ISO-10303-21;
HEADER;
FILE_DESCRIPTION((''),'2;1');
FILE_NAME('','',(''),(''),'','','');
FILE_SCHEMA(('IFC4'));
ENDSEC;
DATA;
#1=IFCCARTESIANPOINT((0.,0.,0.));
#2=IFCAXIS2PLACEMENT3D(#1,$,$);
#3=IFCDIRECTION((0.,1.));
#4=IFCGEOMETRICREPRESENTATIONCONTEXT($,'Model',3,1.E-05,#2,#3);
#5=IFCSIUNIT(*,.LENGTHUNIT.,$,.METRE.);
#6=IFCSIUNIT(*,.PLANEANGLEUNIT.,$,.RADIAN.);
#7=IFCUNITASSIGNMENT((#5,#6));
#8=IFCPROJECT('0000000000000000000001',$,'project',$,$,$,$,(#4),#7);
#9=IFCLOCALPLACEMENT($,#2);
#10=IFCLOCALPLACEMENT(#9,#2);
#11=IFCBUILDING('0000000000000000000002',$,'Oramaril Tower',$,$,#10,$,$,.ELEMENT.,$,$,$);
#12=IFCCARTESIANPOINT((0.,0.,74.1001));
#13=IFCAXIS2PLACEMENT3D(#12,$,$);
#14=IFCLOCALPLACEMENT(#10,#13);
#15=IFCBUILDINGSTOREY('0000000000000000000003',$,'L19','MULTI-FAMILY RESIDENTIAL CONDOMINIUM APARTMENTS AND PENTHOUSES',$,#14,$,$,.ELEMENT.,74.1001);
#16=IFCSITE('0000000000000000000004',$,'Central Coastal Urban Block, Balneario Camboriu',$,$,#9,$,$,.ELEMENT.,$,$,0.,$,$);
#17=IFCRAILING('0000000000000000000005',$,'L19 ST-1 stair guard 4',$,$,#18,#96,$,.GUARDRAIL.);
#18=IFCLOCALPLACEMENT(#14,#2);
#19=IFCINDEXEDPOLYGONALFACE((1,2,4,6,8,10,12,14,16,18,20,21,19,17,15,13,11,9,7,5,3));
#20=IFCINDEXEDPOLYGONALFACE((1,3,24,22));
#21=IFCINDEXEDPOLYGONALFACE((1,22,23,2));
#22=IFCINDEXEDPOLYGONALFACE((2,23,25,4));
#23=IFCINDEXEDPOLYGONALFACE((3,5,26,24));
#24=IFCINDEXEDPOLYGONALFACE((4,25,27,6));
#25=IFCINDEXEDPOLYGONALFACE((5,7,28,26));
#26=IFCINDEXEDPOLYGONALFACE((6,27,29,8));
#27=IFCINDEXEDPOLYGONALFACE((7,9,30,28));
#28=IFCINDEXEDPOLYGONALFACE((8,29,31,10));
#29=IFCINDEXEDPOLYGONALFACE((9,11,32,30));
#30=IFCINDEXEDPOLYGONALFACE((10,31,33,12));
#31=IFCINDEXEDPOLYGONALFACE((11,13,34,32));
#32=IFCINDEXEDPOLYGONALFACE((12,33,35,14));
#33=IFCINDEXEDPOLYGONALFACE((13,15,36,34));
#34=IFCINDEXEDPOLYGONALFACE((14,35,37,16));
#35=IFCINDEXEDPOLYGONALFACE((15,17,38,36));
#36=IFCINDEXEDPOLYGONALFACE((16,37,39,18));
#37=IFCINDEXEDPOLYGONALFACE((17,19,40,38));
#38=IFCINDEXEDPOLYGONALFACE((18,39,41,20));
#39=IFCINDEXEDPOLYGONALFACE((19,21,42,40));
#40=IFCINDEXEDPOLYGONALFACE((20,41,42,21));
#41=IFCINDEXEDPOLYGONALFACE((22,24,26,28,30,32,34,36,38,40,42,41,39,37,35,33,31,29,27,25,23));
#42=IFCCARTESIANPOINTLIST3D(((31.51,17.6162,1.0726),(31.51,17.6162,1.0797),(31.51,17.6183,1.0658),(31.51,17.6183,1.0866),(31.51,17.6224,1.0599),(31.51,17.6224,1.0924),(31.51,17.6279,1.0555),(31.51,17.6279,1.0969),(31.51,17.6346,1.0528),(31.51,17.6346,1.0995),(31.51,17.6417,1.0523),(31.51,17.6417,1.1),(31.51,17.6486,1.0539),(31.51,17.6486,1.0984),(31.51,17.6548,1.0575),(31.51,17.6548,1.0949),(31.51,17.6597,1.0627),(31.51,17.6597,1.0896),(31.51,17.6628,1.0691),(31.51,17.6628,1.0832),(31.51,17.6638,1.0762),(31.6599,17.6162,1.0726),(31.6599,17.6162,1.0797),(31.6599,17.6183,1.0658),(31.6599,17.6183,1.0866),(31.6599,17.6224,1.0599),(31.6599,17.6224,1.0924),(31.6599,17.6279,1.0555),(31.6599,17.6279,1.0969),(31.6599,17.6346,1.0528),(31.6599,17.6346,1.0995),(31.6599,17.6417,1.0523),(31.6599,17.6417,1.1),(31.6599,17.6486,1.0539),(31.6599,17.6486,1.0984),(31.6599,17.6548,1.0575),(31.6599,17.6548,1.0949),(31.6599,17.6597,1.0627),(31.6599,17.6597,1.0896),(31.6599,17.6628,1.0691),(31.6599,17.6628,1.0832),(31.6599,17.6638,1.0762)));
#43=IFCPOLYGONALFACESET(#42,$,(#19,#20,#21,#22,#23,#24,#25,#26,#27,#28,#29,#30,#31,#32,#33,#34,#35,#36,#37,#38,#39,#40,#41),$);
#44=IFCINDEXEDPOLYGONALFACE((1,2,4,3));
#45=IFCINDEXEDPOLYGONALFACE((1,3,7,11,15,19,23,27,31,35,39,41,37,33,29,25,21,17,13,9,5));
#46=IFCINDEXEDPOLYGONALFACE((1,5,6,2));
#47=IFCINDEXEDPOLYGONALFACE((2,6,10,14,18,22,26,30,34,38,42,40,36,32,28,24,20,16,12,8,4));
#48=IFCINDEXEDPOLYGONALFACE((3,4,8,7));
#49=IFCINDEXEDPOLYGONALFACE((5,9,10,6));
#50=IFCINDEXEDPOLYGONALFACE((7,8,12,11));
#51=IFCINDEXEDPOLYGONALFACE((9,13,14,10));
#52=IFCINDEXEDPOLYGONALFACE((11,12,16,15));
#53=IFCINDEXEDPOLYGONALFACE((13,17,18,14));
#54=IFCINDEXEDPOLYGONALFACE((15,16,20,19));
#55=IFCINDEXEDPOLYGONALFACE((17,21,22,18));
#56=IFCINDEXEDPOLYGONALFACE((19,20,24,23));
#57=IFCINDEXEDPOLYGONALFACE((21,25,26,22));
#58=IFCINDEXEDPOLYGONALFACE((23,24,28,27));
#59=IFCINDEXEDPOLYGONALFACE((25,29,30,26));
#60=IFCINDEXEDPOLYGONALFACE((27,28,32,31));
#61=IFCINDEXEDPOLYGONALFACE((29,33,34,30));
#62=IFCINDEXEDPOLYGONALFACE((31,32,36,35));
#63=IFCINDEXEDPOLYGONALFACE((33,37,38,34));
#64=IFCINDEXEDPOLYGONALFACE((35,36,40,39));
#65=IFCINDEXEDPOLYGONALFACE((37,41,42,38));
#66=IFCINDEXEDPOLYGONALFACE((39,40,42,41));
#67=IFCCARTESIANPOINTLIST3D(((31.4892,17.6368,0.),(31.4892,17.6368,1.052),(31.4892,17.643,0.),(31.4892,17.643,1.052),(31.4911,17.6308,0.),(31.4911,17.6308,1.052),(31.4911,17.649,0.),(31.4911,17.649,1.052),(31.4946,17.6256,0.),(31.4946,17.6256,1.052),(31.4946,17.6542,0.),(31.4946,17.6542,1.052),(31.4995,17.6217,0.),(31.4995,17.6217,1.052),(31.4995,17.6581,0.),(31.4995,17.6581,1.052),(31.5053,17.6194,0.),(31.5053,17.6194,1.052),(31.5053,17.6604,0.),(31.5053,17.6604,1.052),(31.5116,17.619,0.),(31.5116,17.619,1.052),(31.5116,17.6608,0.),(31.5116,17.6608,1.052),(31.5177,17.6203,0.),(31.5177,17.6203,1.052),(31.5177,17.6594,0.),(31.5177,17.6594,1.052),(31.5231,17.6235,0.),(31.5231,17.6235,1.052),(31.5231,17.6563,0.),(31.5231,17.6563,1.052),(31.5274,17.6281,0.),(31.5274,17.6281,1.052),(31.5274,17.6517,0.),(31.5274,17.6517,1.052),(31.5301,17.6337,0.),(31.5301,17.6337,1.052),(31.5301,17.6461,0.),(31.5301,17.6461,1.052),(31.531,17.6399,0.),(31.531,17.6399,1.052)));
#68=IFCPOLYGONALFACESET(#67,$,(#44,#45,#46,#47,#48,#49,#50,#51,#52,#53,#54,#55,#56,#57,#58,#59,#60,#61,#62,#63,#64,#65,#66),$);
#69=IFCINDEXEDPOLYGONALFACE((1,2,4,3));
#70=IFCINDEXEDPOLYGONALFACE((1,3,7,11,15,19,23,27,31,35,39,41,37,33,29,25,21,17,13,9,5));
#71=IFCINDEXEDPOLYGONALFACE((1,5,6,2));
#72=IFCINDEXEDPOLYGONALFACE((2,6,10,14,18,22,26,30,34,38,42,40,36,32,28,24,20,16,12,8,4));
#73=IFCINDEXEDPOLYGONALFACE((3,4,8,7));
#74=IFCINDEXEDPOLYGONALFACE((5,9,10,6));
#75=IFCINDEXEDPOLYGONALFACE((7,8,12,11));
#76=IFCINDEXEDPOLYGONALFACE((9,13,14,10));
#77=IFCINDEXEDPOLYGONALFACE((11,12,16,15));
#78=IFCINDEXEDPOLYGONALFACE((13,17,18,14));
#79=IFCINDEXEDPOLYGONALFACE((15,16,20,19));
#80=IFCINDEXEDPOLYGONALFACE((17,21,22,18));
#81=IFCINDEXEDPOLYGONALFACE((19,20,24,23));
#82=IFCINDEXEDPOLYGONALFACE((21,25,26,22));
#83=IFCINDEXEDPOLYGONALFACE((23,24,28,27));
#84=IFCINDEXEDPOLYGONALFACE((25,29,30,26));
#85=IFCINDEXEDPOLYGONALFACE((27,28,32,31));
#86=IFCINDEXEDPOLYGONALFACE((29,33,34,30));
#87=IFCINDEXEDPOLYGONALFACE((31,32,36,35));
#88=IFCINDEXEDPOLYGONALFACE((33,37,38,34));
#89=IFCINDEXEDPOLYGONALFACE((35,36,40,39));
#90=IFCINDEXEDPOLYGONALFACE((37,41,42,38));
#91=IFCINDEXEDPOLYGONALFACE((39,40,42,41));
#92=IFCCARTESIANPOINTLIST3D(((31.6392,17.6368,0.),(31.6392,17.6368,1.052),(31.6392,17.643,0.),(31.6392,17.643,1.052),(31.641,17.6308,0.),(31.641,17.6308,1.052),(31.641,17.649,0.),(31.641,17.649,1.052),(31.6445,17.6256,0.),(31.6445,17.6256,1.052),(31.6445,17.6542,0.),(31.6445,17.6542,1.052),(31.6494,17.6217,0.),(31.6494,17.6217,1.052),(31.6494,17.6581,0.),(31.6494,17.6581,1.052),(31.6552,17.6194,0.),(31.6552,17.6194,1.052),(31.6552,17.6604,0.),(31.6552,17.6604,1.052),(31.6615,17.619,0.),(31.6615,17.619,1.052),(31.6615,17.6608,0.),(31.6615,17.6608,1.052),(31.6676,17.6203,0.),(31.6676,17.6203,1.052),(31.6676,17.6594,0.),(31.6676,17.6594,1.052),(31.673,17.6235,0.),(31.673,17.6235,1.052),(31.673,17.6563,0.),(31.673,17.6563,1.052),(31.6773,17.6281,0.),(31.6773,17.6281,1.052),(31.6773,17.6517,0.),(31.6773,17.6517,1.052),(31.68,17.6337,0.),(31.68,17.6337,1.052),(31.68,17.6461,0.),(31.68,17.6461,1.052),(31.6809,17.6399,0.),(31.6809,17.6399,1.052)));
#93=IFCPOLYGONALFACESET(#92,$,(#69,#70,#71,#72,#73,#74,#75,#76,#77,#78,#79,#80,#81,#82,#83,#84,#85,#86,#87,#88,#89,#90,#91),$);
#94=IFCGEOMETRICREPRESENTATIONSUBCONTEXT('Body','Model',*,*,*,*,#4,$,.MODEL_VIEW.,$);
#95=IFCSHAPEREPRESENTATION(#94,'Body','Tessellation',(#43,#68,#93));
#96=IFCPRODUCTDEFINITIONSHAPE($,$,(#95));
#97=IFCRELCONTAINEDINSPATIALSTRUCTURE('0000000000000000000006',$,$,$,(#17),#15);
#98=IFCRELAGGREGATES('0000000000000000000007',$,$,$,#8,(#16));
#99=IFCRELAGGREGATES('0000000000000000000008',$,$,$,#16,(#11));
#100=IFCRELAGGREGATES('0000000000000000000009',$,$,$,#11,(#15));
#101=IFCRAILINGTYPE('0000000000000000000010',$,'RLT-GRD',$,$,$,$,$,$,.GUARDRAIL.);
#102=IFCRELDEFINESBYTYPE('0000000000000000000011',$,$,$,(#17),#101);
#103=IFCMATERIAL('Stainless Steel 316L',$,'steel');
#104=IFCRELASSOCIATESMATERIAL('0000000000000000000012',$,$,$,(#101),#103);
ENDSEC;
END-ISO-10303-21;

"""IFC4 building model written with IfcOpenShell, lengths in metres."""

from ifc_helpers import new_model, si_unit, direction, frame, origin, origin_2d, place, context, subcontext, project, spatial, circle, extrude, material, type_object, element, save


model = new_model("IFC4")

# Units and contexts
model_context = context("Model", 3, precision=1e-05, world=origin(), true_north=direction((0.0, 1.0)))
body_context = subcontext(model_context, "Body", "Model", "MODEL_VIEW")
ifc_project = project(units=[si_unit("LENGTHUNIT", "METRE"), si_unit("PLANEANGLEUNIT", "RADIAN")], contexts=[model_context])

# Site, building, storey
site_placement = place(None, origin())
site = spatial("IfcSite", under=ifc_project, at=site_placement, Name="Central Coastal Urban Block, Balneario Camboriu", CompositionType="ELEMENT", RefElevation=0.0)
building_placement = place(site_placement, origin())
building = spatial("IfcBuilding", under=site, at=building_placement, Name="Oramaril Tower", CompositionType="ELEMENT")
storey_placement = place(building_placement, frame((0.0, 0.0, 74.1001)))
storey = spatial("IfcBuildingStorey", under=building, at=storey_placement, Name="L19", Description="MULTI-FAMILY RESIDENTIAL CONDOMINIUM APARTMENTS AND PENTHOUSES", CompositionType="ELEMENT", Elevation=74.1001)

# Railing
ifc_material_1 = material(Name="Stainless Steel 316L", Category="steel")
railing_type_1 = type_object("IfcRailingType", Name="RLT-GRD", PredefinedType="GUARDRAIL", material=ifc_material_1)
railing_1_placement = place(storey_placement, frame((31.51, 17.6399, 0.0)))
element("IfcRailing", 1, at=railing_1_placement, inside=storey, type_object=railing_type_1, Name="L19 ST-1 stair guard 4", PredefinedType="GUARDRAIL", context=body_context, shape_type="SweptSolid", body=[
    extrude(circle(Radius=0.0239, at=origin_2d()), frame((0.0, 0.0, 1.0762), z_axis=(1.0, 0.0, 0.0), x_axis=(0.0, 1.0, 0.0)), (0.0, 0.0, 1.0), 0.1499),
    extrude(circle(Radius=0.021, at=origin_2d()), origin(), (0.0, 0.0, 1.0), 1.052),
    extrude(circle(Radius=0.021, at=origin_2d()), frame((0.1499, 0.0, 0.0)), (0.0, 0.0, 1.0), 1.052),
])

save(model, "model.ifc")
